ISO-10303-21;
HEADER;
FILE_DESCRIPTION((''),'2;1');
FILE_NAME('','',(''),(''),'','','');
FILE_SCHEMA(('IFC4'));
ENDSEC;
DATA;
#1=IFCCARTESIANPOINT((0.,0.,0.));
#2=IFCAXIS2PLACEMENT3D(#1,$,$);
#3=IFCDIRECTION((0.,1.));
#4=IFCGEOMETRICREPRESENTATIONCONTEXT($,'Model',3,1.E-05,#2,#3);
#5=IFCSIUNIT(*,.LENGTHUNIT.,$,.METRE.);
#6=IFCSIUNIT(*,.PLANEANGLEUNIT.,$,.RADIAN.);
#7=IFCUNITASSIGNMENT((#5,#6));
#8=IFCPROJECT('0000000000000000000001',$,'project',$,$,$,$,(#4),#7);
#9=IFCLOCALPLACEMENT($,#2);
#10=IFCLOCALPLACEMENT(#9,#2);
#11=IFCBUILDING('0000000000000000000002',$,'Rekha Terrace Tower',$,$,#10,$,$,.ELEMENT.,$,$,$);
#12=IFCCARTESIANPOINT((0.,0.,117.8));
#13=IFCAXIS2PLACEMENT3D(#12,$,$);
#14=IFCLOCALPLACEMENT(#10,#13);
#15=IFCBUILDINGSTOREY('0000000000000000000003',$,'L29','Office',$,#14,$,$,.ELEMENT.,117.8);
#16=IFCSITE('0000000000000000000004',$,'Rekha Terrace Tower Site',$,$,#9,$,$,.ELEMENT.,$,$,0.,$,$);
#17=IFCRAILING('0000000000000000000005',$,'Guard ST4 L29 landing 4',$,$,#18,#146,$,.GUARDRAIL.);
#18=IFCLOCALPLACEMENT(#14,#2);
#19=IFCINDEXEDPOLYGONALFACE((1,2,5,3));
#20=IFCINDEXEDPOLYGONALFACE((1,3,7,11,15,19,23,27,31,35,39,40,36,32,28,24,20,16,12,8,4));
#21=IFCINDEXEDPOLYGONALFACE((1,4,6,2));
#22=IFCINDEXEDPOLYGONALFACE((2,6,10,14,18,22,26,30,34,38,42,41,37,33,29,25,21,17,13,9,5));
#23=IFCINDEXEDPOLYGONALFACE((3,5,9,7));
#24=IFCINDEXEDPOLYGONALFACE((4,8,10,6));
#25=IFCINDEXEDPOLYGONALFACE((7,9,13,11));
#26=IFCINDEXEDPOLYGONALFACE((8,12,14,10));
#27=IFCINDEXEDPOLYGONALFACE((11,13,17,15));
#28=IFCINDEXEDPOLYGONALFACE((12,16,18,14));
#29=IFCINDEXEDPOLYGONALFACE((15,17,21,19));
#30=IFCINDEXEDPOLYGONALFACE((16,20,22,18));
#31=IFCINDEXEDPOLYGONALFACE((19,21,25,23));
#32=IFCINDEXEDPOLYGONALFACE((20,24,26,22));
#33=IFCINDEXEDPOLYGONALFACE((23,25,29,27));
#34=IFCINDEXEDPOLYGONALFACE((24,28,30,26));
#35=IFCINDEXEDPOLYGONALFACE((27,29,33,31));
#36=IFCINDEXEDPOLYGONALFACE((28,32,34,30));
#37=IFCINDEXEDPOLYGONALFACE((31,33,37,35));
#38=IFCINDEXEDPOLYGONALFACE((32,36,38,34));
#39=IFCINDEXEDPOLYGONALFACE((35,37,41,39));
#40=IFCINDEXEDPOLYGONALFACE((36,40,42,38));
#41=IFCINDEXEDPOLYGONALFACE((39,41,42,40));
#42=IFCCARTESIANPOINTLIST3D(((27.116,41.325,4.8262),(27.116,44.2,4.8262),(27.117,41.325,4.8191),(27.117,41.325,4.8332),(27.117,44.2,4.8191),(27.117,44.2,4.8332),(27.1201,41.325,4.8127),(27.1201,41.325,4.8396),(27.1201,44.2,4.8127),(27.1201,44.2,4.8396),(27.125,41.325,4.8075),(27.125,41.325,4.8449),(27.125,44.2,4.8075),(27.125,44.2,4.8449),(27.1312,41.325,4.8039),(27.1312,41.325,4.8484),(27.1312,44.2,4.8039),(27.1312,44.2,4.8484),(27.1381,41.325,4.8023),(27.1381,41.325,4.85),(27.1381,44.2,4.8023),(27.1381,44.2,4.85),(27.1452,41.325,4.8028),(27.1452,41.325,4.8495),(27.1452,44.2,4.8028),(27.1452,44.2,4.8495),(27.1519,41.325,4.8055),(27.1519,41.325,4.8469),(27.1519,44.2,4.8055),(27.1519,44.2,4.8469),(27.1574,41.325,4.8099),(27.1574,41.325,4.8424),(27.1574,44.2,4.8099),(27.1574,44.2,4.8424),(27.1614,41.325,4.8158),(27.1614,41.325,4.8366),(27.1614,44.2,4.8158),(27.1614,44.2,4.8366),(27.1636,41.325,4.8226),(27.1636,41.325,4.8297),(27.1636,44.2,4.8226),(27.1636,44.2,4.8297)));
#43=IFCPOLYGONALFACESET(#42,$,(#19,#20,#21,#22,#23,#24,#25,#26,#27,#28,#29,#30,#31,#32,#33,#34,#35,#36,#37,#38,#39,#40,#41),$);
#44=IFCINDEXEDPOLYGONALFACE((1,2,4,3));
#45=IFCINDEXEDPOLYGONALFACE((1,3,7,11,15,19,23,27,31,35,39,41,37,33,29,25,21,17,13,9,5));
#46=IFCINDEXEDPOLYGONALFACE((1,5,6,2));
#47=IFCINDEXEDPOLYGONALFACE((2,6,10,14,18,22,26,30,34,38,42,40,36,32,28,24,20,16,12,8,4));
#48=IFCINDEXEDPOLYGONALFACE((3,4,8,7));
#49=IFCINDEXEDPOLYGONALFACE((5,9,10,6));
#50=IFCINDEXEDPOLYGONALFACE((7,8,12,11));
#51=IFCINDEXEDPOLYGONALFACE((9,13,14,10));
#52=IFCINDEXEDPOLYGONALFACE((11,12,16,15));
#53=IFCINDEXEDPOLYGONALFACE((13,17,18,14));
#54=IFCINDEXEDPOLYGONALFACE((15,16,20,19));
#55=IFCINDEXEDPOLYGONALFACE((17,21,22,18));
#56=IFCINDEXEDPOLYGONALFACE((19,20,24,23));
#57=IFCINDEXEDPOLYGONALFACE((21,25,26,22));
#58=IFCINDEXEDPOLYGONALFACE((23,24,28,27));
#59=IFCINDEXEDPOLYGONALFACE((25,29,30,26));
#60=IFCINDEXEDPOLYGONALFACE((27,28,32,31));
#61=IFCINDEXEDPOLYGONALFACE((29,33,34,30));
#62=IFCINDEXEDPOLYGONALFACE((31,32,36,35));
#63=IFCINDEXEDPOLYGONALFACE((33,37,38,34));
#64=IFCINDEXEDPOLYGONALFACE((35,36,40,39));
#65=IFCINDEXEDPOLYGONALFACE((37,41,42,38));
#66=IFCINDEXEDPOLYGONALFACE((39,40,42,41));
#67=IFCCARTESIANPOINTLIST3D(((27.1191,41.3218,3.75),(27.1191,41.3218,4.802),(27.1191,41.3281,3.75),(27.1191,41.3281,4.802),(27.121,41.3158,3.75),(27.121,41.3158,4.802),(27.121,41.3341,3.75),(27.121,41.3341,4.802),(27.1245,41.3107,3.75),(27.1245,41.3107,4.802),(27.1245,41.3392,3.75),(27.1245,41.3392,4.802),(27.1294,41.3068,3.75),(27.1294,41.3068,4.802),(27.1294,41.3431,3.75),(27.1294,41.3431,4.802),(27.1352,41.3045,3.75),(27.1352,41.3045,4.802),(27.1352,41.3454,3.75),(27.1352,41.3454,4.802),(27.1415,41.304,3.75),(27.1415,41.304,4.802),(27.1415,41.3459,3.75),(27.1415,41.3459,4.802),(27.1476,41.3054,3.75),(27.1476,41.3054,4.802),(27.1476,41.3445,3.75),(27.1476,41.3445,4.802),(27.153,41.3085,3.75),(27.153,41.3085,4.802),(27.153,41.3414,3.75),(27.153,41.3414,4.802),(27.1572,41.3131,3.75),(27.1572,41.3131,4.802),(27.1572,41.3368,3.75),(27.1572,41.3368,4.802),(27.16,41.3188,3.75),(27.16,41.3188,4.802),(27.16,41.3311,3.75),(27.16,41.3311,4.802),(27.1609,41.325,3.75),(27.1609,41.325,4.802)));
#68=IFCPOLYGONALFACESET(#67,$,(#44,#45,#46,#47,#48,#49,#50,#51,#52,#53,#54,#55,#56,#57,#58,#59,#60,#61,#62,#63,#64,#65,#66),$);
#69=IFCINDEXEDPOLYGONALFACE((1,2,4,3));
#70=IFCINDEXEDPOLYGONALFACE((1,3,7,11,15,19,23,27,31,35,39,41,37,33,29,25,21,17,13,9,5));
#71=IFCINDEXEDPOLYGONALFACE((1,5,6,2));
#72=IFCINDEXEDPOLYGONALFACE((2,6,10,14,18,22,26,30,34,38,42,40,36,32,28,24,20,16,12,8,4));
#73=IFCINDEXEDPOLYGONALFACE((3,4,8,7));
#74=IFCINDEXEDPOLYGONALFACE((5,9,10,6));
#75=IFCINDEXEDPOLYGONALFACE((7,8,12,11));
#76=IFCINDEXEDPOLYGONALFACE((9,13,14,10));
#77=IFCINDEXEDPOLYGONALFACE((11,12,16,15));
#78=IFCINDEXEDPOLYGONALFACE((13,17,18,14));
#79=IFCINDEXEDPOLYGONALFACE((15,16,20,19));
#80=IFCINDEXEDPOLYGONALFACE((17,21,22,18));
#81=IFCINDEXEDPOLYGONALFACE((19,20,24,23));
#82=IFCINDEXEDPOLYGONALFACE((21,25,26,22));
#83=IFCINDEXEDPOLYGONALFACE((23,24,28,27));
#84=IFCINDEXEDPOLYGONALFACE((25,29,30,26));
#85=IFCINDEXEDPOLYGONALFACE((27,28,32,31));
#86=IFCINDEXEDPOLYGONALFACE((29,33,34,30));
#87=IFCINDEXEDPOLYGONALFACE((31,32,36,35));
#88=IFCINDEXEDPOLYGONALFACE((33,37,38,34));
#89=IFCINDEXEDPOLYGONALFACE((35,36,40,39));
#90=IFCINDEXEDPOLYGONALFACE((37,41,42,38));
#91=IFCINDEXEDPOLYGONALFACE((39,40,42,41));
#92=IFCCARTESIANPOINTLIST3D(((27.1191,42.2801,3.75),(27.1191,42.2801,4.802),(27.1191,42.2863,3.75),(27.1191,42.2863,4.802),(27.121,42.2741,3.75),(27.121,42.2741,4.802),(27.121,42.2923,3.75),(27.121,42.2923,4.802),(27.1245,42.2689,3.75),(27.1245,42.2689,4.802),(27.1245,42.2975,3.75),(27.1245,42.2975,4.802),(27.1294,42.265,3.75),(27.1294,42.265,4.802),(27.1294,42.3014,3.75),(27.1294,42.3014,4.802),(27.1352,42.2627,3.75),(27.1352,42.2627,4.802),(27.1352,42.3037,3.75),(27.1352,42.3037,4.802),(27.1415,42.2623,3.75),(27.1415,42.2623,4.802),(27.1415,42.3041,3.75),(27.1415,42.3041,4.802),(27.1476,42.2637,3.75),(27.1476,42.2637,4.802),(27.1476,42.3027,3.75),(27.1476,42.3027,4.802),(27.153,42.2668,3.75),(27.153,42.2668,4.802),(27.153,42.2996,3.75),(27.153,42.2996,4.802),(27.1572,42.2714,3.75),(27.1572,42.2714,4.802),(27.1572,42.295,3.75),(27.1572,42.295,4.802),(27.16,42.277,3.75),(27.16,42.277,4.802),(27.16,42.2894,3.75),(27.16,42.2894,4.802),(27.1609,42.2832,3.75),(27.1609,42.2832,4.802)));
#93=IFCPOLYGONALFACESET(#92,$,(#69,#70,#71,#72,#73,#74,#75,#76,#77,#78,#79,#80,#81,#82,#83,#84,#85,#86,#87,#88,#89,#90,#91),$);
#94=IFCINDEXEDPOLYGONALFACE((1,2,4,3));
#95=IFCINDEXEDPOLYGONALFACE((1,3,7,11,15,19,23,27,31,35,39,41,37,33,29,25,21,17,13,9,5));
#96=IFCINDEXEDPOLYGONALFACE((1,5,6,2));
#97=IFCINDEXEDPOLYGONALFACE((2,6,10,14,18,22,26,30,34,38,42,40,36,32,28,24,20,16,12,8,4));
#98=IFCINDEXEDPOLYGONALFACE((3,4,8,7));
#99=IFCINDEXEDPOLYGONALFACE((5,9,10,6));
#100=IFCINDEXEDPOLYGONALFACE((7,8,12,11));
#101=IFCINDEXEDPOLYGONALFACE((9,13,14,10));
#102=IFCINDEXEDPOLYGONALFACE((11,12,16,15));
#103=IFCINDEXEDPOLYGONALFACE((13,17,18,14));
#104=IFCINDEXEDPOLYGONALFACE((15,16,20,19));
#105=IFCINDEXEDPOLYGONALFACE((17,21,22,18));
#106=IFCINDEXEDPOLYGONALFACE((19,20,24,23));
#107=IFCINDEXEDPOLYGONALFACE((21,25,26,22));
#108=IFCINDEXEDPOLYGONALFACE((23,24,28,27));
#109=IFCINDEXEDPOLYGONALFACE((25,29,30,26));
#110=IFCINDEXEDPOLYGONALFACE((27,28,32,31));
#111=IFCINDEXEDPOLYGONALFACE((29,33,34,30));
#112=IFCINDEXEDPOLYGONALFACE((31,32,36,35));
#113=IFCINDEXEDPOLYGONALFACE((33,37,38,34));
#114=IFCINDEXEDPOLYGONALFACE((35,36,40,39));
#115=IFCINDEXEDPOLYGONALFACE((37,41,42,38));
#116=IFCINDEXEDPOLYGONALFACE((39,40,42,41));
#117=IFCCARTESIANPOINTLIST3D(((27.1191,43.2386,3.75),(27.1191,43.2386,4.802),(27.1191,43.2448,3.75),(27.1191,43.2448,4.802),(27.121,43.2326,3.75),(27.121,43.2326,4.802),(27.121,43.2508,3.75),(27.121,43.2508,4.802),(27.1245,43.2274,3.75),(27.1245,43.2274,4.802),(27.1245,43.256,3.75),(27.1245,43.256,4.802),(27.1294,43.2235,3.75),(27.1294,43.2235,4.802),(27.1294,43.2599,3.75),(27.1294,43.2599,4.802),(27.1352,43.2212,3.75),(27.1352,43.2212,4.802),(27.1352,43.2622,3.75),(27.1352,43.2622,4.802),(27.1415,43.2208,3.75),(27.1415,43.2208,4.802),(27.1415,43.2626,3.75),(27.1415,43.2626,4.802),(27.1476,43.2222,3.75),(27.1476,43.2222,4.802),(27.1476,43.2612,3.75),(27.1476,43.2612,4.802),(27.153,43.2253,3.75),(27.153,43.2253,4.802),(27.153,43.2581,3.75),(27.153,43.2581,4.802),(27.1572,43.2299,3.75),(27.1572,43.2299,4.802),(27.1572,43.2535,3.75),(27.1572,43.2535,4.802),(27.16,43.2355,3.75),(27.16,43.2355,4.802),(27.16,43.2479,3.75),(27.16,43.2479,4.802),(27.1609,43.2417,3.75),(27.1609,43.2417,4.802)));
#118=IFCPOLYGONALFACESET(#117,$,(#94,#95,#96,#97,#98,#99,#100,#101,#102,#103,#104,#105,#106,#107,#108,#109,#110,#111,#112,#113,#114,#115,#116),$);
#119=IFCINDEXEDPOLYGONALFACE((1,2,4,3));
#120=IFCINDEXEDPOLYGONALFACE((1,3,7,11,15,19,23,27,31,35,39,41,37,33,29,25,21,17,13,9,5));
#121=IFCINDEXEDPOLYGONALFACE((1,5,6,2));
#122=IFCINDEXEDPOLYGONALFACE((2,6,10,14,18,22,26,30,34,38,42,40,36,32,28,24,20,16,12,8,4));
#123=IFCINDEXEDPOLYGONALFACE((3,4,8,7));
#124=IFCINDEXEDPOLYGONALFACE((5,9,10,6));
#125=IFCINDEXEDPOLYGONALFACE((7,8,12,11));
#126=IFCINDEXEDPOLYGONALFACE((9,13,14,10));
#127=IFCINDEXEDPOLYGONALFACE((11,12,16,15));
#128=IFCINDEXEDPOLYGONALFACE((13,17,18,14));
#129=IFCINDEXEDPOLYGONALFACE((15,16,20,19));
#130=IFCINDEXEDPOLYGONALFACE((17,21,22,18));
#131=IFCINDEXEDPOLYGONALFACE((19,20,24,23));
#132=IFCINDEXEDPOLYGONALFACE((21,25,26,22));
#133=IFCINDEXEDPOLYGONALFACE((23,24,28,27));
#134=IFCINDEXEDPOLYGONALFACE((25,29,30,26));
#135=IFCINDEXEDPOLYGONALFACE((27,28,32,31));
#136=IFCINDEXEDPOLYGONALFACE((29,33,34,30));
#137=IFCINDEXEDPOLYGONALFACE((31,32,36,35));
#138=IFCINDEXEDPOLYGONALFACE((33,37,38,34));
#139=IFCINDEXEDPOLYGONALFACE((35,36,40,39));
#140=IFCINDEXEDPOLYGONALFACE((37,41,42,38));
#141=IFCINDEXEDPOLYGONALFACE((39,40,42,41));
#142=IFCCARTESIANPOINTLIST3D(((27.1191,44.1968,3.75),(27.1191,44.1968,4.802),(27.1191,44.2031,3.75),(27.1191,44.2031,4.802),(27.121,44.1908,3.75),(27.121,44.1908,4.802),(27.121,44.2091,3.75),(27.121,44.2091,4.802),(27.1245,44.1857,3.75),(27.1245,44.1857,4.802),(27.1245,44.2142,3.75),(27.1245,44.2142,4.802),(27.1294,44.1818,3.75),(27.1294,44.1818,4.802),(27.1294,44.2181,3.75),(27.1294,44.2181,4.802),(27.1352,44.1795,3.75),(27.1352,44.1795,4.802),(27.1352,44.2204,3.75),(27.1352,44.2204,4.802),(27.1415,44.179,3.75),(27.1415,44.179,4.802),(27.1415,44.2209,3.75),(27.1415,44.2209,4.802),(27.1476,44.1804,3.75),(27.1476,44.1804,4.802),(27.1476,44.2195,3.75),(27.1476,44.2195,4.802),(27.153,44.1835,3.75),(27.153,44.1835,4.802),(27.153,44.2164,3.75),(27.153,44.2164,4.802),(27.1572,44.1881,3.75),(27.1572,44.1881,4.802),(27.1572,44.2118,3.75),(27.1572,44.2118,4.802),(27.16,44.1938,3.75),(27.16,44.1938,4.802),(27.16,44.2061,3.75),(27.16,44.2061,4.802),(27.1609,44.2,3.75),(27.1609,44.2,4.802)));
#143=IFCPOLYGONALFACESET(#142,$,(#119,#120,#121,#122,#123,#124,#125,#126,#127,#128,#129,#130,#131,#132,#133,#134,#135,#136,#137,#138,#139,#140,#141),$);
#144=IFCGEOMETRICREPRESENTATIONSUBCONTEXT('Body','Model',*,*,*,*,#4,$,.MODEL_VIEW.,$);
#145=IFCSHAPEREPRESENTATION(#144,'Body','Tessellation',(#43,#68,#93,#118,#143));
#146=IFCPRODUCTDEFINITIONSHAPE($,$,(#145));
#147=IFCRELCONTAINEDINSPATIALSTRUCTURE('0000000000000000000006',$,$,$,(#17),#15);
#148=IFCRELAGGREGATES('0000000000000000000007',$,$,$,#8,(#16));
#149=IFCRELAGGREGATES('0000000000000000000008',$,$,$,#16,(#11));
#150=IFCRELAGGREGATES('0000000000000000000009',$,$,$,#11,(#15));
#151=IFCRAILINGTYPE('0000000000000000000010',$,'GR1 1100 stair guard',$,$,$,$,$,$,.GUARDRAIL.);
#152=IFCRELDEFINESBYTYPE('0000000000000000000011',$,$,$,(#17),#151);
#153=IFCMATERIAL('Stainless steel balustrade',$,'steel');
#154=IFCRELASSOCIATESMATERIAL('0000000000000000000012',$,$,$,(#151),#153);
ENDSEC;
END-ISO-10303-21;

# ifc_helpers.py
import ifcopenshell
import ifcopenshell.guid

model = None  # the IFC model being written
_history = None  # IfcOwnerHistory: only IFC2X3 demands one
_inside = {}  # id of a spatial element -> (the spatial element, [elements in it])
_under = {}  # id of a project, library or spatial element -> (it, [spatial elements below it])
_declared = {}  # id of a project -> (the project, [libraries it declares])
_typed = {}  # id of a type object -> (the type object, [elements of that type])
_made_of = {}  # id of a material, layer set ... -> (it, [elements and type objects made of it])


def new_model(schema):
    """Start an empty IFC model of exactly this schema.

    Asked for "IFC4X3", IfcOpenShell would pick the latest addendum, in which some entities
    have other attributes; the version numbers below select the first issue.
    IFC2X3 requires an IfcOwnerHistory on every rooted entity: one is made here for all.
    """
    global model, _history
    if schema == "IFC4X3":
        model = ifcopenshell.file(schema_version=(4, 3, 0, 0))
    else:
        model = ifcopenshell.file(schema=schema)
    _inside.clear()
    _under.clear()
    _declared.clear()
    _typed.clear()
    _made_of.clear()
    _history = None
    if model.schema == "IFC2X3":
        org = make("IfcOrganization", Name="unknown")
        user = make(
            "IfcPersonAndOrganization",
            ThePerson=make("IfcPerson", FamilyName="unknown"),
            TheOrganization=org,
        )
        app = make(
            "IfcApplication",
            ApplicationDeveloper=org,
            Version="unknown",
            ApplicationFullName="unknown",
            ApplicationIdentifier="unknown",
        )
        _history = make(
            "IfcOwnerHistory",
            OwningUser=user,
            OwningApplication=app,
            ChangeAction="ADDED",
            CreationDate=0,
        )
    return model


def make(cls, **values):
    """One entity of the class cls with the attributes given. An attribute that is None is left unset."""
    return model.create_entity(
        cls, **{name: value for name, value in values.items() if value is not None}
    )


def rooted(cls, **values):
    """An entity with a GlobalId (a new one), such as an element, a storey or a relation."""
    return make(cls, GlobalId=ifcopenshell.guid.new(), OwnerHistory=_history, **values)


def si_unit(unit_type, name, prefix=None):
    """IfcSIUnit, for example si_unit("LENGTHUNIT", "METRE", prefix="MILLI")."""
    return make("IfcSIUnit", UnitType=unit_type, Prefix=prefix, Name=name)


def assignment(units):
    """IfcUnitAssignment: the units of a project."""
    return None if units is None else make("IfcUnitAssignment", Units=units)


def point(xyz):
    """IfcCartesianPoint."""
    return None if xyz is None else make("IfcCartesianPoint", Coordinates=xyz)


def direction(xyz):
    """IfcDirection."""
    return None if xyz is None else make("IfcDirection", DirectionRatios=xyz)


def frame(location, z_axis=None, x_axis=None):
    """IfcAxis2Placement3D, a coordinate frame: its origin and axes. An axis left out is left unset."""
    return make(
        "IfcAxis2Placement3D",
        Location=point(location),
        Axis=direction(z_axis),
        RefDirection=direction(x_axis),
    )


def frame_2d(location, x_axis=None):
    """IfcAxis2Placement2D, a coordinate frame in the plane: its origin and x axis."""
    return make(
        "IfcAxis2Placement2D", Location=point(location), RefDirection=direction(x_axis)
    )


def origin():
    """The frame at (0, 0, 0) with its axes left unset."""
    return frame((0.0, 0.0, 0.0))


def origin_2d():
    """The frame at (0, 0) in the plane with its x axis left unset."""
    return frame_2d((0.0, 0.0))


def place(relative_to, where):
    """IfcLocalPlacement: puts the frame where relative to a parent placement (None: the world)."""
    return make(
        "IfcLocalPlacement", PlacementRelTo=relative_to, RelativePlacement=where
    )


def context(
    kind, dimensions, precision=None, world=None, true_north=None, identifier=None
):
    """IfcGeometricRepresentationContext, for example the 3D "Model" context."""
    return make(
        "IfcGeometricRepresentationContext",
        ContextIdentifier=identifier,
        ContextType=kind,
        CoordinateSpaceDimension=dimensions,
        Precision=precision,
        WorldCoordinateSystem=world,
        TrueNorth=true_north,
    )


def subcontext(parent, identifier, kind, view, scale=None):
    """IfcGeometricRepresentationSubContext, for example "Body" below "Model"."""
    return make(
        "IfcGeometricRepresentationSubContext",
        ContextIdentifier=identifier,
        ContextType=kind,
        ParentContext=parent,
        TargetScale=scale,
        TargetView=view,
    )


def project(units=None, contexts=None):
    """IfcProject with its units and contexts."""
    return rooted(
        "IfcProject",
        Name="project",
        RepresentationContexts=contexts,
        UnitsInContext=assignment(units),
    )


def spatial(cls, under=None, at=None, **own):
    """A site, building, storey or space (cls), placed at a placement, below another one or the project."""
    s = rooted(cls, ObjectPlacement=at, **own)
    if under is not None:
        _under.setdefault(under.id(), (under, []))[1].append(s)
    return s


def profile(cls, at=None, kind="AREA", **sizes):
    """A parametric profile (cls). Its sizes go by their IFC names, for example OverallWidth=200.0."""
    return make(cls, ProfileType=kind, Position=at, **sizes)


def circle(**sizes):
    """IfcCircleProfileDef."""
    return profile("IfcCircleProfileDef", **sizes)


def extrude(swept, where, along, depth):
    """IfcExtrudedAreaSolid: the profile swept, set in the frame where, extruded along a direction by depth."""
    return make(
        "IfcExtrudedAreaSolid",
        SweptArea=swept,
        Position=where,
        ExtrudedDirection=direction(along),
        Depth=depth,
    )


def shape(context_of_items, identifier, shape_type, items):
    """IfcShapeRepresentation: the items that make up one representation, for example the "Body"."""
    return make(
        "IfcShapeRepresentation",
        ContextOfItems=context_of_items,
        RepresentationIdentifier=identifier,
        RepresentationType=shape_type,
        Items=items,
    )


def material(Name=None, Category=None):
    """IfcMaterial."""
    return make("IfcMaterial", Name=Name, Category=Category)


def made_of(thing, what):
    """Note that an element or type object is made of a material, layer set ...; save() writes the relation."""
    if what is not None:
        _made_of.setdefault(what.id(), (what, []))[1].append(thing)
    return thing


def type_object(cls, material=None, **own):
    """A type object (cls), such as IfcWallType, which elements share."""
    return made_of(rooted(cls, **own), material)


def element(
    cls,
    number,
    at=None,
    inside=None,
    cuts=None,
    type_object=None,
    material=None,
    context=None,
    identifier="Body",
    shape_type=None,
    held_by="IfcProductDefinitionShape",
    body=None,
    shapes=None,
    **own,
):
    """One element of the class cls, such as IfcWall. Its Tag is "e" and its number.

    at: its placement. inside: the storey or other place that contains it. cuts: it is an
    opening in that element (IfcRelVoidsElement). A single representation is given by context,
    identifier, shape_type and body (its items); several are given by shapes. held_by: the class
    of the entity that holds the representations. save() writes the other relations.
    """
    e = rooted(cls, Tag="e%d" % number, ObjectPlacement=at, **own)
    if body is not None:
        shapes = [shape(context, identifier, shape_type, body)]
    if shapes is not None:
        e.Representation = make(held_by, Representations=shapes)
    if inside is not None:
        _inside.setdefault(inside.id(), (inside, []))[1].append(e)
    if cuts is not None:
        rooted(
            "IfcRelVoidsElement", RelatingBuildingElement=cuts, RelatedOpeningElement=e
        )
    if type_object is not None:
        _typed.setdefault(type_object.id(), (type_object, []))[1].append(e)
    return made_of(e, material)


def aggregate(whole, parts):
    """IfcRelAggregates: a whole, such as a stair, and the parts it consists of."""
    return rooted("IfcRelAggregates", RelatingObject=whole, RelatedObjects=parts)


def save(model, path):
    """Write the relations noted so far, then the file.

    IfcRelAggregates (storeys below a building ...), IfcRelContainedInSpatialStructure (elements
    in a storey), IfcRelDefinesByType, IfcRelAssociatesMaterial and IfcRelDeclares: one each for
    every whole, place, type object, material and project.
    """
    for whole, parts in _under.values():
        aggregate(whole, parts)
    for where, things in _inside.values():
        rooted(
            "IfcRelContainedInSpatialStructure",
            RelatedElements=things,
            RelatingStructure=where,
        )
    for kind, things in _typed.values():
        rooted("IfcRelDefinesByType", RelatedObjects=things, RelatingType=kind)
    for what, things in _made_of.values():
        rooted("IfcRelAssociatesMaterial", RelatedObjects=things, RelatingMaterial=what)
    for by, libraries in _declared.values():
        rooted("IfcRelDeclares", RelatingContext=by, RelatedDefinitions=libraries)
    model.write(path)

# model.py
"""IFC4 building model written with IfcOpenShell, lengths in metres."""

from ifc_helpers import new_model, si_unit, direction, frame, origin, origin_2d, place, context, subcontext, project, spatial, circle, extrude, material, type_object, element, save


model = new_model("IFC4")

# Units and contexts
model_context = context("Model", 3, precision=1e-05, world=origin(), true_north=direction((0.0, 1.0)))
body_context = subcontext(model_context, "Body", "Model", "MODEL_VIEW")
ifc_project = project(units=[si_unit("LENGTHUNIT", "METRE"), si_unit("PLANEANGLEUNIT", "RADIAN")], contexts=[model_context])

# Site, building, storey
site_placement = place(None, origin())
site = spatial("IfcSite", under=ifc_project, at=site_placement, Name="Rekha Terrace Tower Site", CompositionType="ELEMENT", RefElevation=0.0)
building_placement = place(site_placement, origin())
building = spatial("IfcBuilding", under=site, at=building_placement, Name="Rekha Terrace Tower", CompositionType="ELEMENT")
storey_placement = place(building_placement, frame((0.0, 0.0, 117.8)))
storey = spatial("IfcBuildingStorey", under=building, at=storey_placement, Name="L29", Description="Office", CompositionType="ELEMENT", Elevation=117.8)

# Railing
ifc_material_1 = material(Name="Stainless steel balustrade", Category="steel")
railing_type_1 = type_object("IfcRailingType", Name="GR1 1100 stair guard", PredefinedType="GUARDRAIL", material=ifc_material_1)
railing_1_placement = place(storey_placement, frame((27.1399, 41.325, 3.75)))
element("IfcRailing", 1, at=railing_1_placement, inside=storey, type_object=railing_type_1, Name="Guard ST4 L29 landing 4", PredefinedType="GUARDRAIL", context=body_context, shape_type="SweptSolid", body=[
    extrude(circle(Radius=0.0239, at=origin_2d()), frame((0.0, 0.0, 1.0762), z_axis=(0.0, 1.0, 0.0), x_axis=(-1.0, 0.0, 0.0)), (0.0, 0.0, 1.0), 2.875),
    extrude(circle(Radius=0.021, at=origin_2d()), origin(), (0.0, 0.0, 1.0), 1.052),
    extrude(circle(Radius=0.021, at=origin_2d()), frame((0.0, 0.9583, 0.0)), (0.0, 0.0, 1.0), 1.052),
    extrude(circle(Radius=0.021, at=origin_2d()), frame((0.0, 1.9167, 0.0)), (0.0, 0.0, 1.0), 1.052),
    extrude(circle(Radius=0.021, at=origin_2d()), frame((0.0, 2.875, 0.0)), (0.0, 0.0, 1.0), 1.052),
])

save(model, "model.ifc")
